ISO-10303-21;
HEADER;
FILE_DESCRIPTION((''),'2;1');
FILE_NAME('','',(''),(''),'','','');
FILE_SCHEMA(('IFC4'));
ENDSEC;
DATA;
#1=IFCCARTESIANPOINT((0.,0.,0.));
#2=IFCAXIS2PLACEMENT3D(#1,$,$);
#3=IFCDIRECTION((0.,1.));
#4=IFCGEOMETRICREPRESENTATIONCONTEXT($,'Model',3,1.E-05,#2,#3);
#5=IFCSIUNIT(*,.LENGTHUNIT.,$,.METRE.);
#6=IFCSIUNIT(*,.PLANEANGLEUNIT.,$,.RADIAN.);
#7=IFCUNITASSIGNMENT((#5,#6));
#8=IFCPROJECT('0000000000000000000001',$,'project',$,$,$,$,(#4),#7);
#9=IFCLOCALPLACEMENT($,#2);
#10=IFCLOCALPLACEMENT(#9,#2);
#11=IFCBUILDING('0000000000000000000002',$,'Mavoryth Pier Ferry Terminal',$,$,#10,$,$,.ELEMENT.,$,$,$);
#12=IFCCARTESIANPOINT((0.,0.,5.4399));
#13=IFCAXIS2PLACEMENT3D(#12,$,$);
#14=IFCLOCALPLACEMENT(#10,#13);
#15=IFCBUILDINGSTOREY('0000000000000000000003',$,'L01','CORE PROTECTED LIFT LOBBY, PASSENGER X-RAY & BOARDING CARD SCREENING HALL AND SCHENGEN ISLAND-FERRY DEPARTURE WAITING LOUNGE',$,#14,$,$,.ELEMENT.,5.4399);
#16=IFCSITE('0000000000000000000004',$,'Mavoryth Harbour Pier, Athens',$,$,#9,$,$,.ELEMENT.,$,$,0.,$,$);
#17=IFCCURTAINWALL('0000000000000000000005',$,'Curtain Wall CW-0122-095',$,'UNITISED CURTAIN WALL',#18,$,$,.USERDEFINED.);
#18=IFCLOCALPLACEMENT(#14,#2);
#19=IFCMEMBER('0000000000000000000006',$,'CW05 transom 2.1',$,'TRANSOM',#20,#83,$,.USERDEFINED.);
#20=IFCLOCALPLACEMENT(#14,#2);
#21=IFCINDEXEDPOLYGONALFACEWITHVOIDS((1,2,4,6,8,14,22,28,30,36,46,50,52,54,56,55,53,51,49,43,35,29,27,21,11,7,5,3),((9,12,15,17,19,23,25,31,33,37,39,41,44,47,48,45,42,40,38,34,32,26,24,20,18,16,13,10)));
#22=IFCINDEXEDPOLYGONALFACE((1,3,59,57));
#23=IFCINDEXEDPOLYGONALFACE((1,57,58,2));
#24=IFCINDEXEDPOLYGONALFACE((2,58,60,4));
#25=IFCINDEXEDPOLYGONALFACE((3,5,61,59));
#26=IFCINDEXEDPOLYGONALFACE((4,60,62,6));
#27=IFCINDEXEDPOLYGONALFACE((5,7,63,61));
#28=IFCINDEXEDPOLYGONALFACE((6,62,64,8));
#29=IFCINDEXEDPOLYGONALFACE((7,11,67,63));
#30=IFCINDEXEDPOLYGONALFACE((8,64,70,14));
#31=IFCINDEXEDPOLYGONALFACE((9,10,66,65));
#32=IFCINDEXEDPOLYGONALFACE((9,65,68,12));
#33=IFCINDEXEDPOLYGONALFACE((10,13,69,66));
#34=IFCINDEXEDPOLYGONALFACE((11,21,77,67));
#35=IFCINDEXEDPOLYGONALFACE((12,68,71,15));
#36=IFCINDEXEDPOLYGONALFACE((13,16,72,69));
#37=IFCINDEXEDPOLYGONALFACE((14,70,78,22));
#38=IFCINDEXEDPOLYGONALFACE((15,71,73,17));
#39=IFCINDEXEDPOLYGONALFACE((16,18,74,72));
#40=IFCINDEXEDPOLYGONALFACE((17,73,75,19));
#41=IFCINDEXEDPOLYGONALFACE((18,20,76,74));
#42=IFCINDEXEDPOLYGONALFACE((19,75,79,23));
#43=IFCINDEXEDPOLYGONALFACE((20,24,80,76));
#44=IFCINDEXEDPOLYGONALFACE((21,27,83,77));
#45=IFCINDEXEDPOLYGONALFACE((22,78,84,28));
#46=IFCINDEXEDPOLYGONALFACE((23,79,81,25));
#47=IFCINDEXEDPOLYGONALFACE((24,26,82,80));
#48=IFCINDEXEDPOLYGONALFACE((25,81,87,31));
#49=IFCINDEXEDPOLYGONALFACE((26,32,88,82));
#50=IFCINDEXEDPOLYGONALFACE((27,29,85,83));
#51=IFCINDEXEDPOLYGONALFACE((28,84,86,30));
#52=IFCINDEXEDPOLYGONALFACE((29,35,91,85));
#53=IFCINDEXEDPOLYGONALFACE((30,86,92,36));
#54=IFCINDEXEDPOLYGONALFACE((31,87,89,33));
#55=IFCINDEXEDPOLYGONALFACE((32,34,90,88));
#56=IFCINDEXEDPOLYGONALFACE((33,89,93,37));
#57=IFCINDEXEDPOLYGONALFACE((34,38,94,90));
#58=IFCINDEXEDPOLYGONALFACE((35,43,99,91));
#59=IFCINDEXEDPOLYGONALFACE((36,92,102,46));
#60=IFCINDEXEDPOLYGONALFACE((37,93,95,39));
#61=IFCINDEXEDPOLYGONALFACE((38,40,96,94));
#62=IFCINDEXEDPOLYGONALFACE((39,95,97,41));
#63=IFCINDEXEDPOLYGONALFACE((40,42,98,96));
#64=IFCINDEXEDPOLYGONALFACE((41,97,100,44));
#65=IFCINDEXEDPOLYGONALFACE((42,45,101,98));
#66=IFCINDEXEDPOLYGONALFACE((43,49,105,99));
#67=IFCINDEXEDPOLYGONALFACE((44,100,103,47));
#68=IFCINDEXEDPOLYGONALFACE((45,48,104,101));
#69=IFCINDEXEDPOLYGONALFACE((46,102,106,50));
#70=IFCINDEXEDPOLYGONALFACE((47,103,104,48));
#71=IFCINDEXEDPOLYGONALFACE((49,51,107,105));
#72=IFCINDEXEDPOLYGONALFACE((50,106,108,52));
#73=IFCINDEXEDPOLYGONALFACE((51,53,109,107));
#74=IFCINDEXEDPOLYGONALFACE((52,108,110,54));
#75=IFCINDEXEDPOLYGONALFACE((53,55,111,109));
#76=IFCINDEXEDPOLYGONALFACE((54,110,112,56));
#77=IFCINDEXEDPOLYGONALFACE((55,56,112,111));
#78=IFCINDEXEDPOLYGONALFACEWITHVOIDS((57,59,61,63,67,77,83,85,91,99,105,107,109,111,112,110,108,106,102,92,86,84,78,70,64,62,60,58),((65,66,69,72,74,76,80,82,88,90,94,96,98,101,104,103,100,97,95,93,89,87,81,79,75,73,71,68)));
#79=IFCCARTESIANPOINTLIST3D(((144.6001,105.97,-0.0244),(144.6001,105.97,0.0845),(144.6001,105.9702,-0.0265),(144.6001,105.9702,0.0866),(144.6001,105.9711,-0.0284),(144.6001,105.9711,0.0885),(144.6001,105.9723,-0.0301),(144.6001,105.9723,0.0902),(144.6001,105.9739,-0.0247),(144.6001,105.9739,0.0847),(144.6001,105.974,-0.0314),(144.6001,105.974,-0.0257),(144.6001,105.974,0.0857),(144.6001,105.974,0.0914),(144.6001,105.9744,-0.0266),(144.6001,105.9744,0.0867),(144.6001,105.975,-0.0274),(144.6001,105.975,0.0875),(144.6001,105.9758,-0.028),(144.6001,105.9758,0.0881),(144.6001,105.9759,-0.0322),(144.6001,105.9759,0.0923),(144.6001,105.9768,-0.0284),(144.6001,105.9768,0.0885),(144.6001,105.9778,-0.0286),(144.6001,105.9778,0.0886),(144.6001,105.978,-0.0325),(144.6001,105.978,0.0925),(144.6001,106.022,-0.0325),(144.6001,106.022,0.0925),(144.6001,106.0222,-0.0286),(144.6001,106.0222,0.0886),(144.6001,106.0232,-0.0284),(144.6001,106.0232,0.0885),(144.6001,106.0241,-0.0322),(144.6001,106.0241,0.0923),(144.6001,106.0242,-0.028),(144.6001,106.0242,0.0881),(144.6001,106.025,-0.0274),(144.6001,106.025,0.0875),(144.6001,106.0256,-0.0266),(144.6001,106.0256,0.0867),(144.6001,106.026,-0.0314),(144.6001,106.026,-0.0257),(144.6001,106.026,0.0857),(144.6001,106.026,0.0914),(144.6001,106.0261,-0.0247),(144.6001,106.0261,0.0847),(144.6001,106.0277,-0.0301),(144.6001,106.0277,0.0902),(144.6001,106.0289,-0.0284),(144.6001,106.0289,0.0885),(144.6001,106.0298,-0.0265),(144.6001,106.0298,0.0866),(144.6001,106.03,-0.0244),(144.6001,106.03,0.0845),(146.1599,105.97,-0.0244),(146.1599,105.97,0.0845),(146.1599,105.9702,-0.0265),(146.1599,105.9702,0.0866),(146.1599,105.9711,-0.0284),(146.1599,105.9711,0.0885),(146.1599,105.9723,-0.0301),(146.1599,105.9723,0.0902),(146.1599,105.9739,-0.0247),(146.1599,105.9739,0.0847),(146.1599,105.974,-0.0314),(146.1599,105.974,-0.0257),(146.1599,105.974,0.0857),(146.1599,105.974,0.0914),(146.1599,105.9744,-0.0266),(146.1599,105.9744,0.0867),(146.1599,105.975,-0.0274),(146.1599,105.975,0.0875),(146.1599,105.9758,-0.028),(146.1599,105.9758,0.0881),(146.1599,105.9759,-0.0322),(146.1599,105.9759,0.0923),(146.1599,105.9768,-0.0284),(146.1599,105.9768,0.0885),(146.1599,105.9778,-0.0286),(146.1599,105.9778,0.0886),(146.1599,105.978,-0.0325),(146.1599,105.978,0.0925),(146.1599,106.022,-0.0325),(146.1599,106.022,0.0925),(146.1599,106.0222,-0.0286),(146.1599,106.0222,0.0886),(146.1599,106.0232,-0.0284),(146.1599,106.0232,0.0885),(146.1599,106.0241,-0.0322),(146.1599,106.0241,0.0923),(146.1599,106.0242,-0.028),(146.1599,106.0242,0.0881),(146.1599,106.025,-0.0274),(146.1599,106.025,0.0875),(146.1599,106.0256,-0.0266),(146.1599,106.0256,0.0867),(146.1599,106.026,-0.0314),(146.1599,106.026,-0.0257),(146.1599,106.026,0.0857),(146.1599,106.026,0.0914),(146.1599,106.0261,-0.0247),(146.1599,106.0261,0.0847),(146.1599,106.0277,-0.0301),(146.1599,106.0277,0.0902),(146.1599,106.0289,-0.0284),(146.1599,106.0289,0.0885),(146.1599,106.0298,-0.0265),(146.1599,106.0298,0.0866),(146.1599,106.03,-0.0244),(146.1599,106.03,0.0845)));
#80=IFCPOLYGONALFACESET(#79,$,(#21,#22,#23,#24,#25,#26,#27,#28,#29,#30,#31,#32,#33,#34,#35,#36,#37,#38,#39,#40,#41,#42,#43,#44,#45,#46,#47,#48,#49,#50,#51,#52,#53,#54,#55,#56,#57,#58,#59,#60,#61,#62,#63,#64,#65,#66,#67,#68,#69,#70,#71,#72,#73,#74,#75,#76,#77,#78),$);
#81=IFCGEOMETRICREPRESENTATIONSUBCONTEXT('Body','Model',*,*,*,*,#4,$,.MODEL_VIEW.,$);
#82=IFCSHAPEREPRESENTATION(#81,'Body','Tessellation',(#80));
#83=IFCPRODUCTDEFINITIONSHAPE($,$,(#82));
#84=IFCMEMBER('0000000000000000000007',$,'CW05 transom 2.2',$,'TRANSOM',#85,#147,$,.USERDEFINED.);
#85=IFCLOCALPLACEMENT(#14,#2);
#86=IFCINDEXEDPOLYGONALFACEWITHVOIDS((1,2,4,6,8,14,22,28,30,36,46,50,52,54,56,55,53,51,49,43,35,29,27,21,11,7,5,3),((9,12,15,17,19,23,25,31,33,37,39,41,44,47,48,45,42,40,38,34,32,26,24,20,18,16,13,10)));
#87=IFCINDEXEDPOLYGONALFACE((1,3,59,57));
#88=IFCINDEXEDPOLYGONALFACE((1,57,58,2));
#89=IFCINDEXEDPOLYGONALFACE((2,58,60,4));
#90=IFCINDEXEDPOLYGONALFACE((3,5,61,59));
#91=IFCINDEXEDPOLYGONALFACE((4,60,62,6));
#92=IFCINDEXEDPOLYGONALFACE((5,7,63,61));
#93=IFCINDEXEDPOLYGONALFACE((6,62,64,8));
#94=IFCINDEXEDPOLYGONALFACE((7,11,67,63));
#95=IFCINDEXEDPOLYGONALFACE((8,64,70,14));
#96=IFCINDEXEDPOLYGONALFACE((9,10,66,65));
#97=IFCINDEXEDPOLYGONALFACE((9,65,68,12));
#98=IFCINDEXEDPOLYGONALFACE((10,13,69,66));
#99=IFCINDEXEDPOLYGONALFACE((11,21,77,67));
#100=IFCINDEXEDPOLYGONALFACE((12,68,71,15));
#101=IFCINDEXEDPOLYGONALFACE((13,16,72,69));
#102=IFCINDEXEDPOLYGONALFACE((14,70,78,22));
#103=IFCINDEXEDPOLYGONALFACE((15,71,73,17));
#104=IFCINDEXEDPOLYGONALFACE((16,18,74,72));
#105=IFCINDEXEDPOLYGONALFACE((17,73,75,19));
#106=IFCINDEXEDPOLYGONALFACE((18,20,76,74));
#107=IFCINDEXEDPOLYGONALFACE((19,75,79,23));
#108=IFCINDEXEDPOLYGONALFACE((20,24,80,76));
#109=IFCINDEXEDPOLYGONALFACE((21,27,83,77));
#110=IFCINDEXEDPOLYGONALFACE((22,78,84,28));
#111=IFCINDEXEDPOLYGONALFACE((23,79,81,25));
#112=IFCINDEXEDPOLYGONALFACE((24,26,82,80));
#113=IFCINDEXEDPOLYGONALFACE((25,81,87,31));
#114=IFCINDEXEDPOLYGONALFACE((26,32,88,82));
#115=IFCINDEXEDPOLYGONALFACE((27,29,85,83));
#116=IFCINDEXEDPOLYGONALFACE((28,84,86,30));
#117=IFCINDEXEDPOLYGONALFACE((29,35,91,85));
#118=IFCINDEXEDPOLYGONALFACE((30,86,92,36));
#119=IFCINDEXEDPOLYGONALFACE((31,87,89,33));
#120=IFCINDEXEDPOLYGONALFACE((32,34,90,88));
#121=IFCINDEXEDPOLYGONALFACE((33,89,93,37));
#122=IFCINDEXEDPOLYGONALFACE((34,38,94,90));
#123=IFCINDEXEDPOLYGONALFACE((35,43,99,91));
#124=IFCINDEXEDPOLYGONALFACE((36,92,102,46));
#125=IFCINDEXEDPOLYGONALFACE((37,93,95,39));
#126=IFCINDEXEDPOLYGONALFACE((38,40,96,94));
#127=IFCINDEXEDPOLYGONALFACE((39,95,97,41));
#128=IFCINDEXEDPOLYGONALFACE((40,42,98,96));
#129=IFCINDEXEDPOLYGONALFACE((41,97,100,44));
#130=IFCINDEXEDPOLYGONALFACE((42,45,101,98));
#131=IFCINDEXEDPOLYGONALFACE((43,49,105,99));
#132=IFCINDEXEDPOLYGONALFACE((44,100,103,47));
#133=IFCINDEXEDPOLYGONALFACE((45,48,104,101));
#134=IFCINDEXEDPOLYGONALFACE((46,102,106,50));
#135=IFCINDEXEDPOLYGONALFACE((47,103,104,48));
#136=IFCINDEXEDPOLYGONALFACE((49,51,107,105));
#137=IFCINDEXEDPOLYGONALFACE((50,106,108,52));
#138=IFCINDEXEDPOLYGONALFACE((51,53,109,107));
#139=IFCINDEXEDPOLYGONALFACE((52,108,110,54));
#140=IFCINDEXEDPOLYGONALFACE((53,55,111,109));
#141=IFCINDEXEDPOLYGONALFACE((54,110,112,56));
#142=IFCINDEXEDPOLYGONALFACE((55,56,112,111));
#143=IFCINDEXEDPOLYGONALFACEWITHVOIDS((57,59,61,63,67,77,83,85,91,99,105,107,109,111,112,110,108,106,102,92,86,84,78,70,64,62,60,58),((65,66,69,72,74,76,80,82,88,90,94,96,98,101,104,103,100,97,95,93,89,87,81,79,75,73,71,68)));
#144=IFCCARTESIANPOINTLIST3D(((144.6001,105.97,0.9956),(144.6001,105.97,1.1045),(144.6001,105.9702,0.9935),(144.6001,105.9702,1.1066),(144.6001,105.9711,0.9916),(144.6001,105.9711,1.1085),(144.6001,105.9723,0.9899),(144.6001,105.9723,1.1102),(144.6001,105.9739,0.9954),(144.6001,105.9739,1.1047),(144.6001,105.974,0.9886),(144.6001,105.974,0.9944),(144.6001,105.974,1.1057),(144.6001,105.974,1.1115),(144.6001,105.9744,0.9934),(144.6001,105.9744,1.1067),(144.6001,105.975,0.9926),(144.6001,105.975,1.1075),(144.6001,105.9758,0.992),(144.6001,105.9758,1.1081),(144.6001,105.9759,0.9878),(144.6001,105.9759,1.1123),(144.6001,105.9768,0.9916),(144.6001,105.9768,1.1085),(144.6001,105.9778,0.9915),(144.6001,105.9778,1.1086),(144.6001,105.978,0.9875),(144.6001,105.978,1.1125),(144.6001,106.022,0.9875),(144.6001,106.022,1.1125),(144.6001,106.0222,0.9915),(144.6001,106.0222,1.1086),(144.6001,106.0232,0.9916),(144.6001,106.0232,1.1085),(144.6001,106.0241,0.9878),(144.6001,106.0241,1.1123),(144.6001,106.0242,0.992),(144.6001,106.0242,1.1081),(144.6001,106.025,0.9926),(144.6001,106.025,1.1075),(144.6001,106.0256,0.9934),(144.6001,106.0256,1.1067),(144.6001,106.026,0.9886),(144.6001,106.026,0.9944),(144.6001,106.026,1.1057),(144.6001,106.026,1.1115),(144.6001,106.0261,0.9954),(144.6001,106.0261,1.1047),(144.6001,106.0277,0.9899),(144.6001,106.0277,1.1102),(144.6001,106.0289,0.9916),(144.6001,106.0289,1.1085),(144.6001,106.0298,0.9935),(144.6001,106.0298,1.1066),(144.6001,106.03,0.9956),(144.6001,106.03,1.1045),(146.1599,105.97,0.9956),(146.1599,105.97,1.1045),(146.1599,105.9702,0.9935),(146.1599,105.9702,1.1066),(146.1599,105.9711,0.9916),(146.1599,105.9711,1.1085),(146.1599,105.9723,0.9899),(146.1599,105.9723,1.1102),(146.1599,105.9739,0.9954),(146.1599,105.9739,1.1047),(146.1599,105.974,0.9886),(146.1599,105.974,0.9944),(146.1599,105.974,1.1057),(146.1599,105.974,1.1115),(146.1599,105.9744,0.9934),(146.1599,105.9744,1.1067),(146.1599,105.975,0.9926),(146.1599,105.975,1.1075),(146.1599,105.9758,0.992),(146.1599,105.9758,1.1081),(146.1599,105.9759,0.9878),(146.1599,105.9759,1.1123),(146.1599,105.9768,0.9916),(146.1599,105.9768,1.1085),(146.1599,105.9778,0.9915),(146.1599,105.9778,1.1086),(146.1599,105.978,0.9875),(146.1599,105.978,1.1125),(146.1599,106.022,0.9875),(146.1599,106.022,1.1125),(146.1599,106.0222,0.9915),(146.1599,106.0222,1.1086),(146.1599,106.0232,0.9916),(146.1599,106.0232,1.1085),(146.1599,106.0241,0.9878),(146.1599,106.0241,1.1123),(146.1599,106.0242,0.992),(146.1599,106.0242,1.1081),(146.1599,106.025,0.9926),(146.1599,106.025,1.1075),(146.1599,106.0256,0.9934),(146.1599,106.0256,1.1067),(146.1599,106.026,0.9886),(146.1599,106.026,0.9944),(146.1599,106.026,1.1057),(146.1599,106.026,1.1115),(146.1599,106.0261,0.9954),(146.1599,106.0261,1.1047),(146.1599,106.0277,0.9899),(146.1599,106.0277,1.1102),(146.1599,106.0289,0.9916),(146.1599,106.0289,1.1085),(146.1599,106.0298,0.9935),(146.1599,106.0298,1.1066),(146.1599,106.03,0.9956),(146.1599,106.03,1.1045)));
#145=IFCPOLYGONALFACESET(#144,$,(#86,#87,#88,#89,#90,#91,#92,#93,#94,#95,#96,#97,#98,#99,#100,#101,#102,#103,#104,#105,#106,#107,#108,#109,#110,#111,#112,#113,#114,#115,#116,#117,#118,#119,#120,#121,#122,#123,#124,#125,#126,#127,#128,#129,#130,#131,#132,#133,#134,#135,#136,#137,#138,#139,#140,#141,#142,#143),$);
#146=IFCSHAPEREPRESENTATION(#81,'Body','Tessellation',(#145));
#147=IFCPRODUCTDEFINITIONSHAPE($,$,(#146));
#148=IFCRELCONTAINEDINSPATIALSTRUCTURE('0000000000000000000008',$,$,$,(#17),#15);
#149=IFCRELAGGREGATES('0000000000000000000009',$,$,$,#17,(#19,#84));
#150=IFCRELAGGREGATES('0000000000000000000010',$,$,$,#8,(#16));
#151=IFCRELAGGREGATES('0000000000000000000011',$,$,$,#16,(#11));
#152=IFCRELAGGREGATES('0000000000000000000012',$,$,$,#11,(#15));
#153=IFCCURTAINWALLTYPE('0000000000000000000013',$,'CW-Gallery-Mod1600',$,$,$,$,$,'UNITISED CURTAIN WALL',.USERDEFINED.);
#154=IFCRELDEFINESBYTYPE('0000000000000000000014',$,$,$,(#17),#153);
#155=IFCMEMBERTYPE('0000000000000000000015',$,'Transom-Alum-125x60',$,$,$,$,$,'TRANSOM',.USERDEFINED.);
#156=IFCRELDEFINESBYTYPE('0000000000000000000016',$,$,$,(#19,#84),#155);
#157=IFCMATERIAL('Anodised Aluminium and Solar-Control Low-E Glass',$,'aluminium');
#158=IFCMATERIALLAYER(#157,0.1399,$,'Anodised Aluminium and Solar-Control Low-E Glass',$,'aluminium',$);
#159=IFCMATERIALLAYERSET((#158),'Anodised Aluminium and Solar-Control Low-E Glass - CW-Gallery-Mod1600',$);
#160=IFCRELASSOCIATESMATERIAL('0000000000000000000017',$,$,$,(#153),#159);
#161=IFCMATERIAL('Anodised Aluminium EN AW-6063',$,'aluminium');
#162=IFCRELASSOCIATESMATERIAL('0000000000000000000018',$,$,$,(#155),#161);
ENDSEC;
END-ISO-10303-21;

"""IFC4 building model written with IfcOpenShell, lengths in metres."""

from ifc_helpers import new_model, si_unit, direction, frame, origin, origin_2d, place, context, subcontext, project, spatial, hollow_rectangle, extrude, material, layer, layer_set, material_profile, profile_set, type_object, element, aggregate, save


model = new_model("IFC4")

# Units and contexts
model_context = context("Model", 3, precision=1e-05, world=origin(), true_north=direction((0.0, 1.0)))
body_context = subcontext(model_context, "Body", "Model", "MODEL_VIEW")
ifc_project = project(units=[si_unit("LENGTHUNIT", "METRE"), si_unit("PLANEANGLEUNIT", "RADIAN")], contexts=[model_context])

# Site, building, storey
site_placement = place(None, origin())
site = spatial("IfcSite", under=ifc_project, at=site_placement, Name="Mavoryth Harbour Pier, Athens", CompositionType="ELEMENT", RefElevation=0.0)
building_placement = place(site_placement, origin())
building = spatial("IfcBuilding", under=site, at=building_placement, Name="Mavoryth Pier Ferry Terminal", CompositionType="ELEMENT")
storey_placement = place(building_placement, frame((0.0, 0.0, 5.4399)))
storey = spatial("IfcBuildingStorey", under=building, at=storey_placement, Name="L01", Description="CORE PROTECTED LIFT LOBBY, PASSENGER X-RAY & BOARDING CARD SCREENING HALL AND SCHENGEN ISLAND-FERRY DEPARTURE WAITING LOUNGE", CompositionType="ELEMENT", Elevation=5.4399)

# Curtain wall
ifc_material_1 = material(Name="Anodised Aluminium and Solar-Control Low-E Glass", Category="aluminium")
ifc_layer_1 = layer(ifc_material_1, 0.1399, Name="Anodised Aluminium and Solar-Control Low-E Glass", Category="aluminium")
ifc_layer_set_1 = layer_set([ifc_layer_1], Name="Anodised Aluminium and Solar-Control Low-E Glass - CW-Gallery-Mod1600")
curtain_wall_type = type_object("IfcCurtainWallType", Name="CW-Gallery-Mod1600", ElementType="UNITISED CURTAIN WALL", PredefinedType="USERDEFINED", material=ifc_layer_set_1)
curtain_wall_placement = place(storey_placement, origin())
curtain_wall = element("IfcCurtainWall", 1, at=curtain_wall_placement, inside=storey, type_object=curtain_wall_type, Name="Curtain Wall CW-0122-095", ObjectType="UNITISED CURTAIN WALL", PredefinedType="USERDEFINED")
ifc_material_2 = material(Name="Anodised Aluminium EN AW-6063", Category="aluminium")

# Members
ifc_material_profile_1 = material_profile(ifc_material_2, hollow_rectangle(XDim=0.0601, YDim=0.125, WallThickness=0.0039, InnerFilletRadius=0.0039, OuterFilletRadius=0.0081, at=origin_2d()), Name="AL-TRAN 125x60x4", Category="aluminium")
ifc_profile_set_1 = profile_set([ifc_material_profile_1], Name="Anodised Aluminium EN AW-6063 - AL-TRAN 125x60x4")
member_type_1 = type_object("IfcMemberType", Name="Transom-Alum-125x60", ElementType="TRANSOM", PredefinedType="USERDEFINED", material=ifc_profile_set_1)
member_1_placement = place(storey_placement, frame((144.6001, 106.0, 0.03), z_axis=(1.0, 0.0, 0.0), x_axis=(0.0, 1.0, 0.0)))
member_1 = element("IfcMember", 2, at=member_1_placement, type_object=member_type_1, Name="CW05 transom 2.1", ObjectType="TRANSOM", PredefinedType="USERDEFINED", context=body_context, shape_type="SweptSolid", body=[
    extrude(hollow_rectangle(XDim=0.0601, YDim=0.125, WallThickness=0.0039, InnerFilletRadius=0.0039, OuterFilletRadius=0.0081, at=origin_2d()), origin(), (0.0, 0.0, 1.0), 1.5598),
])
member_2_placement = place(storey_placement, frame((144.6001, 106.0, 1.05), z_axis=(1.0, 0.0, 0.0), x_axis=(0.0, 1.0, 0.0)))
member_2 = element("IfcMember", 3, at=member_2_placement, type_object=member_type_1, Name="CW05 transom 2.2", ObjectType="TRANSOM", PredefinedType="USERDEFINED", context=body_context, shape_type="SweptSolid", body=[
    extrude(hollow_rectangle(XDim=0.0601, YDim=0.125, WallThickness=0.0039, InnerFilletRadius=0.0039, OuterFilletRadius=0.0081, at=origin_2d()), origin(), (0.0, 0.0, 1.0), 1.5598),
])

aggregate(curtain_wall, [member_1, member_2])

save(model, "model.ifc")
